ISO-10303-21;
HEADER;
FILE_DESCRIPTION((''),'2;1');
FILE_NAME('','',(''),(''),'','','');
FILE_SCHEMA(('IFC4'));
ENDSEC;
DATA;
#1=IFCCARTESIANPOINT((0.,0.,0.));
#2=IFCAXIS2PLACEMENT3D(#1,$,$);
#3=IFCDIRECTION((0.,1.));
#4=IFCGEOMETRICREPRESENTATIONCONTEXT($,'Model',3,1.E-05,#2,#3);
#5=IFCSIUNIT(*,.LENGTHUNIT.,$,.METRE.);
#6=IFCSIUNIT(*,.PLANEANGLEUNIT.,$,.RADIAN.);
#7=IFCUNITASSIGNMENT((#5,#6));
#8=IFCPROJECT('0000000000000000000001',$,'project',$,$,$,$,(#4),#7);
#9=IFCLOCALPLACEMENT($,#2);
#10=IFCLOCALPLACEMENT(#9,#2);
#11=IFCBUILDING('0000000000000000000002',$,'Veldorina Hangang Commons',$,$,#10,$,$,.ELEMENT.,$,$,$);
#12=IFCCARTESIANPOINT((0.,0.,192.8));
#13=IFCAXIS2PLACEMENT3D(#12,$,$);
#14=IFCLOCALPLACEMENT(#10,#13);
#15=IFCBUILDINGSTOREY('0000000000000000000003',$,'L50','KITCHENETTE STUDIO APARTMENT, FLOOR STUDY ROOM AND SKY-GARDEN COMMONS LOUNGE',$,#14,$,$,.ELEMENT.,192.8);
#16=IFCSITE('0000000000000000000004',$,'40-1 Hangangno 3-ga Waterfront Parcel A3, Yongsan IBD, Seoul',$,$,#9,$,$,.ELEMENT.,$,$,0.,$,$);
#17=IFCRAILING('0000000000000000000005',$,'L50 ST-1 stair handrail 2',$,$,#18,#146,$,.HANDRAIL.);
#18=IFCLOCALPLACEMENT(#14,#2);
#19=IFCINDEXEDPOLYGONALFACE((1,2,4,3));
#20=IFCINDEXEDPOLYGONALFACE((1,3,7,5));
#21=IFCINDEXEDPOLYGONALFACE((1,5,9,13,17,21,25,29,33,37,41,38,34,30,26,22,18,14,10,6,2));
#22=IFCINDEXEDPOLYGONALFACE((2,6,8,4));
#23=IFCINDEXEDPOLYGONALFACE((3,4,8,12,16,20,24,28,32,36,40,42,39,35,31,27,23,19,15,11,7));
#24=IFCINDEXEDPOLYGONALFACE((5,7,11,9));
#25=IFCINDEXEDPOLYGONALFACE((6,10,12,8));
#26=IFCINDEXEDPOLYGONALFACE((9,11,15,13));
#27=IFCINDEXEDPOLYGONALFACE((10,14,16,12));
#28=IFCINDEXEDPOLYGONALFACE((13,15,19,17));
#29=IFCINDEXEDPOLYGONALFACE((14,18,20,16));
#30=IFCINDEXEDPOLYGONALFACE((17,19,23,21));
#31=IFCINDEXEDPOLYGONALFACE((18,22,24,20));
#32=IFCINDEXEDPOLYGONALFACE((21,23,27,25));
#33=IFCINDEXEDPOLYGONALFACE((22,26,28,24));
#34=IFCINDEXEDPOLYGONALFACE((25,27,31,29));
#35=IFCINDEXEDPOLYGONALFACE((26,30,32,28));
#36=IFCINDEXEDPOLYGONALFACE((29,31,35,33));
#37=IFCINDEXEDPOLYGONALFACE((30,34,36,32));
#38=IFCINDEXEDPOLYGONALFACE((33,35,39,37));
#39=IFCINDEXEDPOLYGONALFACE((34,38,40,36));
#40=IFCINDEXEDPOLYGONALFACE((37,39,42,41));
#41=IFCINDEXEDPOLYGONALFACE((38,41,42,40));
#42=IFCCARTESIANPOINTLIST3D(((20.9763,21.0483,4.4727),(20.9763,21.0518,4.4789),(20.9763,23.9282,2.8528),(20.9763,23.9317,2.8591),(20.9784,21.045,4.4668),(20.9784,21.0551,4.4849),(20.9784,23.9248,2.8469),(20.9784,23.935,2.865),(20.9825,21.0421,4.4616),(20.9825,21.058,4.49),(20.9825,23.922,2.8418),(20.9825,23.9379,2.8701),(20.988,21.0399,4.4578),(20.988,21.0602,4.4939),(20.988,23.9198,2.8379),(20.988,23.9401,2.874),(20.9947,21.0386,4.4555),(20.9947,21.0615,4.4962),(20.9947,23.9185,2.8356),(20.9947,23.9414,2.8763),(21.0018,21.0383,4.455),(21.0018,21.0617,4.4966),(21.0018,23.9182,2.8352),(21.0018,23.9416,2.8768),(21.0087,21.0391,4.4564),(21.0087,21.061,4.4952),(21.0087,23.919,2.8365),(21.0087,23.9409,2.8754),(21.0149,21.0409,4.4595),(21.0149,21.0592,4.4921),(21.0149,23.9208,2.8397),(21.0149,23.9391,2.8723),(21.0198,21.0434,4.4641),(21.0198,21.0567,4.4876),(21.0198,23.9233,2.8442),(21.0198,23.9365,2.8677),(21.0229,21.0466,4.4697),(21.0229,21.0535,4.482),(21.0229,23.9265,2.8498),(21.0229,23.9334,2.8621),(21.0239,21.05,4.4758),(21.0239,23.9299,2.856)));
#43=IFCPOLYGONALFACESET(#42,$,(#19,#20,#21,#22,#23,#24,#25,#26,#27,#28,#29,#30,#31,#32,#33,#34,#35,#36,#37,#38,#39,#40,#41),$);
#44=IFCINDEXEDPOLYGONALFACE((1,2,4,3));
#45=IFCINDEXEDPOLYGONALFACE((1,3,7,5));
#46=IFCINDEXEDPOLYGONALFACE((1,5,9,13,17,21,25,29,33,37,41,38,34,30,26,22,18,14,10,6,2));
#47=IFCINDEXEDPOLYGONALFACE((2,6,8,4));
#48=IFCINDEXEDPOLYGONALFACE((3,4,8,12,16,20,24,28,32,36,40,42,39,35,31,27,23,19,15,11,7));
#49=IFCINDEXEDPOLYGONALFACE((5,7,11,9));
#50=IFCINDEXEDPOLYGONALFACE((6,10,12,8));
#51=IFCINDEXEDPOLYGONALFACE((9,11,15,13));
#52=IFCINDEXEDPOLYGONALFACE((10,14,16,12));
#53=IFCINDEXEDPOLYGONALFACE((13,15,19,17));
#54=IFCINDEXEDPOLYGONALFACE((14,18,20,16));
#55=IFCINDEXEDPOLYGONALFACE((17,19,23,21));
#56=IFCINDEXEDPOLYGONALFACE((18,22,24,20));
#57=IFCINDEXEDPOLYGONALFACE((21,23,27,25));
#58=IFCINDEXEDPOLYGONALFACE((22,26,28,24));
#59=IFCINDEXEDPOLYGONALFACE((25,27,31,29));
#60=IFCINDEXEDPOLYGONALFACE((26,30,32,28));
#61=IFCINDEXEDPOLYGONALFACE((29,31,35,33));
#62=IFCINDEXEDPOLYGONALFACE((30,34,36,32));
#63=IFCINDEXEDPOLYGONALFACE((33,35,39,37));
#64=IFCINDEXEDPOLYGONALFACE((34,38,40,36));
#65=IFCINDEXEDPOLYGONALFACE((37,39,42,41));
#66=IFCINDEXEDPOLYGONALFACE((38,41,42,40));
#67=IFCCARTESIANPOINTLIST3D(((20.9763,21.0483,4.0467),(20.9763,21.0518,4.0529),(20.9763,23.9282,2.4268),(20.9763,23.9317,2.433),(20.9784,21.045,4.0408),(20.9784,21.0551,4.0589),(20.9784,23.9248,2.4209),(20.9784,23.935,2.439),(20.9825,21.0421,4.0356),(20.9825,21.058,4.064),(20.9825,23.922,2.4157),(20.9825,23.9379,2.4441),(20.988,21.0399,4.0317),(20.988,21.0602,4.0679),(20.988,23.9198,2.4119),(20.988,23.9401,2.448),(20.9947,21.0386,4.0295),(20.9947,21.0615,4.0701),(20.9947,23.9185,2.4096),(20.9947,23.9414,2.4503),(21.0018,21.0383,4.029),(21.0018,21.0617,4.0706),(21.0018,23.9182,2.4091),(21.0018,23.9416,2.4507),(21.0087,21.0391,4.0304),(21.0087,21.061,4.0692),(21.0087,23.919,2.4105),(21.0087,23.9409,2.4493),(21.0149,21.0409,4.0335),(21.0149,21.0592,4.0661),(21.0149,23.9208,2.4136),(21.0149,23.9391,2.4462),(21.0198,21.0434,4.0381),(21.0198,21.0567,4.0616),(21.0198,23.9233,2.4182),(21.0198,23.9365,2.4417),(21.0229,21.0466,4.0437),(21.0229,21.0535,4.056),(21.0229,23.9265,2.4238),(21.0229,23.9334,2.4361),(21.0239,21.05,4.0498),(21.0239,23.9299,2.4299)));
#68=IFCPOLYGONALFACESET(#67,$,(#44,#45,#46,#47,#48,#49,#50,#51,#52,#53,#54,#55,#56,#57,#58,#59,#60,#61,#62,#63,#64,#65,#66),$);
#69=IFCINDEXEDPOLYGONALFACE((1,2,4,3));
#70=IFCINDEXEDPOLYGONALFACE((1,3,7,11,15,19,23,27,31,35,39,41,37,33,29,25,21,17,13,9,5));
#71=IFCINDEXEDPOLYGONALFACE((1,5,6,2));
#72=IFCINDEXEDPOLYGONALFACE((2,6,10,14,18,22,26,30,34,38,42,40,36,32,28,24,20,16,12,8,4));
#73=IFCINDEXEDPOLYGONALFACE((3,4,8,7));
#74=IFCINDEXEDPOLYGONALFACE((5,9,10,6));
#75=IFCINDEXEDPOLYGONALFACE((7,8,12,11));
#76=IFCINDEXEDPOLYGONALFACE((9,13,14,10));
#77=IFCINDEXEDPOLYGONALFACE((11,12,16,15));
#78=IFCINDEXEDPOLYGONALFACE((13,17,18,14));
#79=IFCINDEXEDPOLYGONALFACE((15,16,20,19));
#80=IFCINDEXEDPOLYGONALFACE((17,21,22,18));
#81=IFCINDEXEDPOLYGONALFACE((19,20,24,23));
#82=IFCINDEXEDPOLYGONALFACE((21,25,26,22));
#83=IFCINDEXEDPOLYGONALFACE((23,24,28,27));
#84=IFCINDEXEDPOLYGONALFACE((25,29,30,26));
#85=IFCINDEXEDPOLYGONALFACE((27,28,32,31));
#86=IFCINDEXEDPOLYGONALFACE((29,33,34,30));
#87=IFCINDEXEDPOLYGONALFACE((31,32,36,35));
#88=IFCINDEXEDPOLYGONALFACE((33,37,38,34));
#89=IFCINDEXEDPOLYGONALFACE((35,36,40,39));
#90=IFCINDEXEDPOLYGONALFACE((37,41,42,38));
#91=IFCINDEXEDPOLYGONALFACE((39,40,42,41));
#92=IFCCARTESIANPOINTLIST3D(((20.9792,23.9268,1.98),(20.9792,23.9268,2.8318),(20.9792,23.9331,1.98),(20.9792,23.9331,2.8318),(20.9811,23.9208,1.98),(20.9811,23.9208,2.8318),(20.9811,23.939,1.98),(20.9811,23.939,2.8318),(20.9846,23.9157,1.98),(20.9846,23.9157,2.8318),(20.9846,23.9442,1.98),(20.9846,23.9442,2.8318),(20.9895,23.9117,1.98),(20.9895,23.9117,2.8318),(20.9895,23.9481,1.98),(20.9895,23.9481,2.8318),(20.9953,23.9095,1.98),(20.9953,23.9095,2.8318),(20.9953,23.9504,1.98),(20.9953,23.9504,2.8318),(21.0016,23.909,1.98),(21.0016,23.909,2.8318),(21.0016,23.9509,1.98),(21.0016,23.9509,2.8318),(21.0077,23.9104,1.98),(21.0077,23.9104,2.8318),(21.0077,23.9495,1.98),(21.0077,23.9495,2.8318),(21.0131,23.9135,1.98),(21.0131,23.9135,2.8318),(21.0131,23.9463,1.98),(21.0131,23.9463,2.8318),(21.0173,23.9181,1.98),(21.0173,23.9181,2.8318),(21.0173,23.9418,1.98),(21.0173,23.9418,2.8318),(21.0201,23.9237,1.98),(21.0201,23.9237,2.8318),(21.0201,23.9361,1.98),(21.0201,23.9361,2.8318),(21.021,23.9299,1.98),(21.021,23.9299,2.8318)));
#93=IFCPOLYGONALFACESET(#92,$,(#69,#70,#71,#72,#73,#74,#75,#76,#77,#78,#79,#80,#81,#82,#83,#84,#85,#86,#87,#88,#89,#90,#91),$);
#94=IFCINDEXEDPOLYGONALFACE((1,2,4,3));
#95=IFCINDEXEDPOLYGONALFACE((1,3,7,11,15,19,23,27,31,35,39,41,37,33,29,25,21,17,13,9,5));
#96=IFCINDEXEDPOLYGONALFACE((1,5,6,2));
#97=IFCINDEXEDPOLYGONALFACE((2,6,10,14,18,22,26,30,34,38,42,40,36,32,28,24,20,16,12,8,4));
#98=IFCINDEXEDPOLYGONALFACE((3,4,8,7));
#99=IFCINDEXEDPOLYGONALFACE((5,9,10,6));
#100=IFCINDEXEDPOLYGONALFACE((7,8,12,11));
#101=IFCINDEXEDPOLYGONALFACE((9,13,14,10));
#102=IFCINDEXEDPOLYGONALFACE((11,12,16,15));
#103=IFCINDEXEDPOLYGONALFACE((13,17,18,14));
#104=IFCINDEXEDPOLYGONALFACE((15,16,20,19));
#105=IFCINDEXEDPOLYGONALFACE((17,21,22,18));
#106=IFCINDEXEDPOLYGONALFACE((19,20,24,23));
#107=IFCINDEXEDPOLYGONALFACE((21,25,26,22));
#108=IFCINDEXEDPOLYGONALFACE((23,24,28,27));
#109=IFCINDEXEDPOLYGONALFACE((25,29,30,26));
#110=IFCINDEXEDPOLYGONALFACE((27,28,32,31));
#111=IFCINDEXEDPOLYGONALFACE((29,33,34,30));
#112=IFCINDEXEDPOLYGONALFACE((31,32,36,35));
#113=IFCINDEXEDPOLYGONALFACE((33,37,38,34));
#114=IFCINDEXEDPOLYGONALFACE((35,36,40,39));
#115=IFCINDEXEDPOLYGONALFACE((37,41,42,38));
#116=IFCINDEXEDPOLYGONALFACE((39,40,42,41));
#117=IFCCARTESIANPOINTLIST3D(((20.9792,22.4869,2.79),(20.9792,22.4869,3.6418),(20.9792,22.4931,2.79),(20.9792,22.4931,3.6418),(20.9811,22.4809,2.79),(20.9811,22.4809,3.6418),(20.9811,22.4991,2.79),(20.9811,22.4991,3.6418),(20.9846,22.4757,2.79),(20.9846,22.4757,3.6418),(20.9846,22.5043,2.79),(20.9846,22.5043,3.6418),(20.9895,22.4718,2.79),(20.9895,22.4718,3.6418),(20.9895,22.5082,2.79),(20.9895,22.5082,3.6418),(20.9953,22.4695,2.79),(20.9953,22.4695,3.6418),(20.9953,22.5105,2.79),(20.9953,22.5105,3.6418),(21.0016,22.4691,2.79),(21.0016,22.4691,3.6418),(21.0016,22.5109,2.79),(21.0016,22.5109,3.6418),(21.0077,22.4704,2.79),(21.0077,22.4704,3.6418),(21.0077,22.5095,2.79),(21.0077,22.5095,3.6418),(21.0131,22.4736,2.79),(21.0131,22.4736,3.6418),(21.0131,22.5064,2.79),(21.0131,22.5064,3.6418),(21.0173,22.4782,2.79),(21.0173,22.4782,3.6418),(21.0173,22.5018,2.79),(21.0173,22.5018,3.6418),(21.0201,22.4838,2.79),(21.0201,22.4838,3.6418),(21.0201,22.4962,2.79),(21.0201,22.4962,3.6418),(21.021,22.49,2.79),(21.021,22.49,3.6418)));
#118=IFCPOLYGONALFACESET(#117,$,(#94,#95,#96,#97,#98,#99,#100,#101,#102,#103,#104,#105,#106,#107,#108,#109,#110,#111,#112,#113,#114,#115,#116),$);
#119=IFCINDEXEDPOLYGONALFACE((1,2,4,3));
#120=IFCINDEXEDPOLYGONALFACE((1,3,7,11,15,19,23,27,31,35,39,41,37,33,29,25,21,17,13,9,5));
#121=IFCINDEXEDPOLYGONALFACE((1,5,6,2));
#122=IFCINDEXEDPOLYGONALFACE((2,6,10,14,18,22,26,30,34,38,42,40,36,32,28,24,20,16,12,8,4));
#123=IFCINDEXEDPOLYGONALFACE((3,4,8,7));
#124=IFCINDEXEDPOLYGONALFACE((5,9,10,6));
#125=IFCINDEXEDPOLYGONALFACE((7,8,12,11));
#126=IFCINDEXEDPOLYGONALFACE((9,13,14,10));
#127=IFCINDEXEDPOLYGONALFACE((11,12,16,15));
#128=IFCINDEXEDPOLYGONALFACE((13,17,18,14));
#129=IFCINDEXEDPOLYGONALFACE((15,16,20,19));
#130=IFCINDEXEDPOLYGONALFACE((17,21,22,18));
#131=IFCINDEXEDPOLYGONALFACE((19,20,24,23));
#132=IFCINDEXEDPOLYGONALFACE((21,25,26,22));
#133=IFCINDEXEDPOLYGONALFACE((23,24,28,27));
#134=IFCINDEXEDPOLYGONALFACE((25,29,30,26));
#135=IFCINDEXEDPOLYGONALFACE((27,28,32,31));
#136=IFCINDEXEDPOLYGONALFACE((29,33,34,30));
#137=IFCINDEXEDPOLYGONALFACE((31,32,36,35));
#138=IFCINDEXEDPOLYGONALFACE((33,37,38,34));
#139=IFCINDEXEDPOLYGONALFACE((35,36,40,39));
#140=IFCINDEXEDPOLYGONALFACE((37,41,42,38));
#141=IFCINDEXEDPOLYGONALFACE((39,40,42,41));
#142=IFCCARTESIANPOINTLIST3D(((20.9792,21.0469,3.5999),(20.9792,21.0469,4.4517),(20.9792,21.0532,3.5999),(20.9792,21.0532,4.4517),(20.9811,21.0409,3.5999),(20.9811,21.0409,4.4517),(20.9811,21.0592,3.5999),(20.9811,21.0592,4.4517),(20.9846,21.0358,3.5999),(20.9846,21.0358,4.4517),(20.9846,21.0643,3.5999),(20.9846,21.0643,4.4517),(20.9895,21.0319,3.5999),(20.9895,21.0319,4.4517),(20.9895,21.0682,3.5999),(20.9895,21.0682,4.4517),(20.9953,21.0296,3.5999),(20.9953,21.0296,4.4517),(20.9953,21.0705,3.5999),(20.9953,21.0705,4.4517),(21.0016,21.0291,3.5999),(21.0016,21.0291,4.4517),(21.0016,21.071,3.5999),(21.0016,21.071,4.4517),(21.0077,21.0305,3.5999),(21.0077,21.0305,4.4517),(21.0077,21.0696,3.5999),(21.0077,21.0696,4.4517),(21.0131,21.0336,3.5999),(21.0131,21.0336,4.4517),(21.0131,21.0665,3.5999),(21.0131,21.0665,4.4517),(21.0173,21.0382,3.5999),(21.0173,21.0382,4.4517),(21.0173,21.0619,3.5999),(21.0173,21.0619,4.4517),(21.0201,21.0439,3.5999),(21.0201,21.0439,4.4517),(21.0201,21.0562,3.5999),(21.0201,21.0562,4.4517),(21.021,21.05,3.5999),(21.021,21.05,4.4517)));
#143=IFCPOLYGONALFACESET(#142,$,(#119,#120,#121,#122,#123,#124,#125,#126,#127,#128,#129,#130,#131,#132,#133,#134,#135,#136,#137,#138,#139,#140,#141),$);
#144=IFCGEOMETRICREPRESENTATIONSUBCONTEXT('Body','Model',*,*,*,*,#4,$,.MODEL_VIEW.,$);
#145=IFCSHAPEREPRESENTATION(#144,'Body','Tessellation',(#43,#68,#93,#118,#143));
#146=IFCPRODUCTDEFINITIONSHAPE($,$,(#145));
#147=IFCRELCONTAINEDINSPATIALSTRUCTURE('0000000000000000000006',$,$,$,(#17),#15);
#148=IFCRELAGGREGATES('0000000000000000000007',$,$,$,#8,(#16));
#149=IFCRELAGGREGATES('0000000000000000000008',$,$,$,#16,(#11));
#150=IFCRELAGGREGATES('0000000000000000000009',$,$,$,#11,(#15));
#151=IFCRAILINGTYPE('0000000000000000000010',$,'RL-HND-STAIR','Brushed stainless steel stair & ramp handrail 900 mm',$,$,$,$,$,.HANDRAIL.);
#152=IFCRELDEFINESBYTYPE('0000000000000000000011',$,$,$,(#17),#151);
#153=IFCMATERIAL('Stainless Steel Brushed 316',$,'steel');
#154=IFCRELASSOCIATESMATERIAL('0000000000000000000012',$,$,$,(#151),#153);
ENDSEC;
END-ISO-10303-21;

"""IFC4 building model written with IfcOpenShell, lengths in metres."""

from ifc_helpers import new_model, si_unit, direction, frame, origin, origin_2d, place, context, subcontext, project, spatial, circle, extrude, material, type_object, element, save


model = new_model("IFC4")

# Units and contexts
model_context = context("Model", 3, precision=1e-05, world=origin(), true_north=direction((0.0, 1.0)))
body_context = subcontext(model_context, "Body", "Model", "MODEL_VIEW")
ifc_project = project(units=[si_unit("LENGTHUNIT", "METRE"), si_unit("PLANEANGLEUNIT", "RADIAN")], contexts=[model_context])

# Site, building, storey
site_placement = place(None, origin())
site = spatial("IfcSite", under=ifc_project, at=site_placement, Name="40-1 Hangangno 3-ga Waterfront Parcel A3, Yongsan IBD, Seoul", CompositionType="ELEMENT", RefElevation=0.0)
building_placement = place(site_placement, origin())
building = spatial("IfcBuilding", under=site, at=building_placement, Name="Veldorina Hangang Commons", CompositionType="ELEMENT")
storey_placement = place(building_placement, frame((0.0, 0.0, 192.8)))
storey = spatial("IfcBuildingStorey", under=building, at=storey_placement, Name="L50", Description="KITCHENETTE STUDIO APARTMENT, FLOOR STUDY ROOM AND SKY-GARDEN COMMONS LOUNGE", CompositionType="ELEMENT", Elevation=192.8)

# Railing
ifc_material_1 = material(Name="Stainless Steel Brushed 316", Category="steel")
railing_type_1 = type_object("IfcRailingType", Name="RL-HND-STAIR", Description="Brushed stainless steel stair & ramp handrail 900 mm", PredefinedType="HANDRAIL", material=ifc_material_1)
railing_1_placement = place(storey_placement, frame((21.0, 23.9299, 1.98)))
element("IfcRailing", 1, at=railing_1_placement, inside=storey, type_object=railing_type_1, Name="L50 ST-1 stair handrail 2", PredefinedType="HANDRAIL", context=body_context, shape_type="SweptSolid", body=[
    extrude(circle(Radius=0.0239, at=origin_2d()), frame((0.0, 0.0, 0.876), z_axis=(0.0, -0.871583, 0.490247), x_axis=(1.0, 0.0, 0.0)), (0.0, 0.0, 1.0), 3.3042),
    extrude(circle(Radius=0.0239, at=origin_2d()), frame((0.0, 0.0, 0.45), z_axis=(0.0, -0.871583, 0.490247), x_axis=(1.0, 0.0, 0.0)), (0.0, 0.0, 1.0), 3.3042),
    extrude(circle(Radius=0.021, at=origin_2d()), origin(), (0.0, 0.0, 1.0), 0.8518),
    extrude(circle(Radius=0.021, at=origin_2d()), frame((0.0, -1.4399, 0.8101)), (0.0, 0.0, 1.0), 0.8518),
    extrude(circle(Radius=0.021, at=origin_2d()), frame((0.0, -2.8799, 1.6199)), (0.0, 0.0, 1.0), 0.8518),
])

save(model, "model.ifc")
